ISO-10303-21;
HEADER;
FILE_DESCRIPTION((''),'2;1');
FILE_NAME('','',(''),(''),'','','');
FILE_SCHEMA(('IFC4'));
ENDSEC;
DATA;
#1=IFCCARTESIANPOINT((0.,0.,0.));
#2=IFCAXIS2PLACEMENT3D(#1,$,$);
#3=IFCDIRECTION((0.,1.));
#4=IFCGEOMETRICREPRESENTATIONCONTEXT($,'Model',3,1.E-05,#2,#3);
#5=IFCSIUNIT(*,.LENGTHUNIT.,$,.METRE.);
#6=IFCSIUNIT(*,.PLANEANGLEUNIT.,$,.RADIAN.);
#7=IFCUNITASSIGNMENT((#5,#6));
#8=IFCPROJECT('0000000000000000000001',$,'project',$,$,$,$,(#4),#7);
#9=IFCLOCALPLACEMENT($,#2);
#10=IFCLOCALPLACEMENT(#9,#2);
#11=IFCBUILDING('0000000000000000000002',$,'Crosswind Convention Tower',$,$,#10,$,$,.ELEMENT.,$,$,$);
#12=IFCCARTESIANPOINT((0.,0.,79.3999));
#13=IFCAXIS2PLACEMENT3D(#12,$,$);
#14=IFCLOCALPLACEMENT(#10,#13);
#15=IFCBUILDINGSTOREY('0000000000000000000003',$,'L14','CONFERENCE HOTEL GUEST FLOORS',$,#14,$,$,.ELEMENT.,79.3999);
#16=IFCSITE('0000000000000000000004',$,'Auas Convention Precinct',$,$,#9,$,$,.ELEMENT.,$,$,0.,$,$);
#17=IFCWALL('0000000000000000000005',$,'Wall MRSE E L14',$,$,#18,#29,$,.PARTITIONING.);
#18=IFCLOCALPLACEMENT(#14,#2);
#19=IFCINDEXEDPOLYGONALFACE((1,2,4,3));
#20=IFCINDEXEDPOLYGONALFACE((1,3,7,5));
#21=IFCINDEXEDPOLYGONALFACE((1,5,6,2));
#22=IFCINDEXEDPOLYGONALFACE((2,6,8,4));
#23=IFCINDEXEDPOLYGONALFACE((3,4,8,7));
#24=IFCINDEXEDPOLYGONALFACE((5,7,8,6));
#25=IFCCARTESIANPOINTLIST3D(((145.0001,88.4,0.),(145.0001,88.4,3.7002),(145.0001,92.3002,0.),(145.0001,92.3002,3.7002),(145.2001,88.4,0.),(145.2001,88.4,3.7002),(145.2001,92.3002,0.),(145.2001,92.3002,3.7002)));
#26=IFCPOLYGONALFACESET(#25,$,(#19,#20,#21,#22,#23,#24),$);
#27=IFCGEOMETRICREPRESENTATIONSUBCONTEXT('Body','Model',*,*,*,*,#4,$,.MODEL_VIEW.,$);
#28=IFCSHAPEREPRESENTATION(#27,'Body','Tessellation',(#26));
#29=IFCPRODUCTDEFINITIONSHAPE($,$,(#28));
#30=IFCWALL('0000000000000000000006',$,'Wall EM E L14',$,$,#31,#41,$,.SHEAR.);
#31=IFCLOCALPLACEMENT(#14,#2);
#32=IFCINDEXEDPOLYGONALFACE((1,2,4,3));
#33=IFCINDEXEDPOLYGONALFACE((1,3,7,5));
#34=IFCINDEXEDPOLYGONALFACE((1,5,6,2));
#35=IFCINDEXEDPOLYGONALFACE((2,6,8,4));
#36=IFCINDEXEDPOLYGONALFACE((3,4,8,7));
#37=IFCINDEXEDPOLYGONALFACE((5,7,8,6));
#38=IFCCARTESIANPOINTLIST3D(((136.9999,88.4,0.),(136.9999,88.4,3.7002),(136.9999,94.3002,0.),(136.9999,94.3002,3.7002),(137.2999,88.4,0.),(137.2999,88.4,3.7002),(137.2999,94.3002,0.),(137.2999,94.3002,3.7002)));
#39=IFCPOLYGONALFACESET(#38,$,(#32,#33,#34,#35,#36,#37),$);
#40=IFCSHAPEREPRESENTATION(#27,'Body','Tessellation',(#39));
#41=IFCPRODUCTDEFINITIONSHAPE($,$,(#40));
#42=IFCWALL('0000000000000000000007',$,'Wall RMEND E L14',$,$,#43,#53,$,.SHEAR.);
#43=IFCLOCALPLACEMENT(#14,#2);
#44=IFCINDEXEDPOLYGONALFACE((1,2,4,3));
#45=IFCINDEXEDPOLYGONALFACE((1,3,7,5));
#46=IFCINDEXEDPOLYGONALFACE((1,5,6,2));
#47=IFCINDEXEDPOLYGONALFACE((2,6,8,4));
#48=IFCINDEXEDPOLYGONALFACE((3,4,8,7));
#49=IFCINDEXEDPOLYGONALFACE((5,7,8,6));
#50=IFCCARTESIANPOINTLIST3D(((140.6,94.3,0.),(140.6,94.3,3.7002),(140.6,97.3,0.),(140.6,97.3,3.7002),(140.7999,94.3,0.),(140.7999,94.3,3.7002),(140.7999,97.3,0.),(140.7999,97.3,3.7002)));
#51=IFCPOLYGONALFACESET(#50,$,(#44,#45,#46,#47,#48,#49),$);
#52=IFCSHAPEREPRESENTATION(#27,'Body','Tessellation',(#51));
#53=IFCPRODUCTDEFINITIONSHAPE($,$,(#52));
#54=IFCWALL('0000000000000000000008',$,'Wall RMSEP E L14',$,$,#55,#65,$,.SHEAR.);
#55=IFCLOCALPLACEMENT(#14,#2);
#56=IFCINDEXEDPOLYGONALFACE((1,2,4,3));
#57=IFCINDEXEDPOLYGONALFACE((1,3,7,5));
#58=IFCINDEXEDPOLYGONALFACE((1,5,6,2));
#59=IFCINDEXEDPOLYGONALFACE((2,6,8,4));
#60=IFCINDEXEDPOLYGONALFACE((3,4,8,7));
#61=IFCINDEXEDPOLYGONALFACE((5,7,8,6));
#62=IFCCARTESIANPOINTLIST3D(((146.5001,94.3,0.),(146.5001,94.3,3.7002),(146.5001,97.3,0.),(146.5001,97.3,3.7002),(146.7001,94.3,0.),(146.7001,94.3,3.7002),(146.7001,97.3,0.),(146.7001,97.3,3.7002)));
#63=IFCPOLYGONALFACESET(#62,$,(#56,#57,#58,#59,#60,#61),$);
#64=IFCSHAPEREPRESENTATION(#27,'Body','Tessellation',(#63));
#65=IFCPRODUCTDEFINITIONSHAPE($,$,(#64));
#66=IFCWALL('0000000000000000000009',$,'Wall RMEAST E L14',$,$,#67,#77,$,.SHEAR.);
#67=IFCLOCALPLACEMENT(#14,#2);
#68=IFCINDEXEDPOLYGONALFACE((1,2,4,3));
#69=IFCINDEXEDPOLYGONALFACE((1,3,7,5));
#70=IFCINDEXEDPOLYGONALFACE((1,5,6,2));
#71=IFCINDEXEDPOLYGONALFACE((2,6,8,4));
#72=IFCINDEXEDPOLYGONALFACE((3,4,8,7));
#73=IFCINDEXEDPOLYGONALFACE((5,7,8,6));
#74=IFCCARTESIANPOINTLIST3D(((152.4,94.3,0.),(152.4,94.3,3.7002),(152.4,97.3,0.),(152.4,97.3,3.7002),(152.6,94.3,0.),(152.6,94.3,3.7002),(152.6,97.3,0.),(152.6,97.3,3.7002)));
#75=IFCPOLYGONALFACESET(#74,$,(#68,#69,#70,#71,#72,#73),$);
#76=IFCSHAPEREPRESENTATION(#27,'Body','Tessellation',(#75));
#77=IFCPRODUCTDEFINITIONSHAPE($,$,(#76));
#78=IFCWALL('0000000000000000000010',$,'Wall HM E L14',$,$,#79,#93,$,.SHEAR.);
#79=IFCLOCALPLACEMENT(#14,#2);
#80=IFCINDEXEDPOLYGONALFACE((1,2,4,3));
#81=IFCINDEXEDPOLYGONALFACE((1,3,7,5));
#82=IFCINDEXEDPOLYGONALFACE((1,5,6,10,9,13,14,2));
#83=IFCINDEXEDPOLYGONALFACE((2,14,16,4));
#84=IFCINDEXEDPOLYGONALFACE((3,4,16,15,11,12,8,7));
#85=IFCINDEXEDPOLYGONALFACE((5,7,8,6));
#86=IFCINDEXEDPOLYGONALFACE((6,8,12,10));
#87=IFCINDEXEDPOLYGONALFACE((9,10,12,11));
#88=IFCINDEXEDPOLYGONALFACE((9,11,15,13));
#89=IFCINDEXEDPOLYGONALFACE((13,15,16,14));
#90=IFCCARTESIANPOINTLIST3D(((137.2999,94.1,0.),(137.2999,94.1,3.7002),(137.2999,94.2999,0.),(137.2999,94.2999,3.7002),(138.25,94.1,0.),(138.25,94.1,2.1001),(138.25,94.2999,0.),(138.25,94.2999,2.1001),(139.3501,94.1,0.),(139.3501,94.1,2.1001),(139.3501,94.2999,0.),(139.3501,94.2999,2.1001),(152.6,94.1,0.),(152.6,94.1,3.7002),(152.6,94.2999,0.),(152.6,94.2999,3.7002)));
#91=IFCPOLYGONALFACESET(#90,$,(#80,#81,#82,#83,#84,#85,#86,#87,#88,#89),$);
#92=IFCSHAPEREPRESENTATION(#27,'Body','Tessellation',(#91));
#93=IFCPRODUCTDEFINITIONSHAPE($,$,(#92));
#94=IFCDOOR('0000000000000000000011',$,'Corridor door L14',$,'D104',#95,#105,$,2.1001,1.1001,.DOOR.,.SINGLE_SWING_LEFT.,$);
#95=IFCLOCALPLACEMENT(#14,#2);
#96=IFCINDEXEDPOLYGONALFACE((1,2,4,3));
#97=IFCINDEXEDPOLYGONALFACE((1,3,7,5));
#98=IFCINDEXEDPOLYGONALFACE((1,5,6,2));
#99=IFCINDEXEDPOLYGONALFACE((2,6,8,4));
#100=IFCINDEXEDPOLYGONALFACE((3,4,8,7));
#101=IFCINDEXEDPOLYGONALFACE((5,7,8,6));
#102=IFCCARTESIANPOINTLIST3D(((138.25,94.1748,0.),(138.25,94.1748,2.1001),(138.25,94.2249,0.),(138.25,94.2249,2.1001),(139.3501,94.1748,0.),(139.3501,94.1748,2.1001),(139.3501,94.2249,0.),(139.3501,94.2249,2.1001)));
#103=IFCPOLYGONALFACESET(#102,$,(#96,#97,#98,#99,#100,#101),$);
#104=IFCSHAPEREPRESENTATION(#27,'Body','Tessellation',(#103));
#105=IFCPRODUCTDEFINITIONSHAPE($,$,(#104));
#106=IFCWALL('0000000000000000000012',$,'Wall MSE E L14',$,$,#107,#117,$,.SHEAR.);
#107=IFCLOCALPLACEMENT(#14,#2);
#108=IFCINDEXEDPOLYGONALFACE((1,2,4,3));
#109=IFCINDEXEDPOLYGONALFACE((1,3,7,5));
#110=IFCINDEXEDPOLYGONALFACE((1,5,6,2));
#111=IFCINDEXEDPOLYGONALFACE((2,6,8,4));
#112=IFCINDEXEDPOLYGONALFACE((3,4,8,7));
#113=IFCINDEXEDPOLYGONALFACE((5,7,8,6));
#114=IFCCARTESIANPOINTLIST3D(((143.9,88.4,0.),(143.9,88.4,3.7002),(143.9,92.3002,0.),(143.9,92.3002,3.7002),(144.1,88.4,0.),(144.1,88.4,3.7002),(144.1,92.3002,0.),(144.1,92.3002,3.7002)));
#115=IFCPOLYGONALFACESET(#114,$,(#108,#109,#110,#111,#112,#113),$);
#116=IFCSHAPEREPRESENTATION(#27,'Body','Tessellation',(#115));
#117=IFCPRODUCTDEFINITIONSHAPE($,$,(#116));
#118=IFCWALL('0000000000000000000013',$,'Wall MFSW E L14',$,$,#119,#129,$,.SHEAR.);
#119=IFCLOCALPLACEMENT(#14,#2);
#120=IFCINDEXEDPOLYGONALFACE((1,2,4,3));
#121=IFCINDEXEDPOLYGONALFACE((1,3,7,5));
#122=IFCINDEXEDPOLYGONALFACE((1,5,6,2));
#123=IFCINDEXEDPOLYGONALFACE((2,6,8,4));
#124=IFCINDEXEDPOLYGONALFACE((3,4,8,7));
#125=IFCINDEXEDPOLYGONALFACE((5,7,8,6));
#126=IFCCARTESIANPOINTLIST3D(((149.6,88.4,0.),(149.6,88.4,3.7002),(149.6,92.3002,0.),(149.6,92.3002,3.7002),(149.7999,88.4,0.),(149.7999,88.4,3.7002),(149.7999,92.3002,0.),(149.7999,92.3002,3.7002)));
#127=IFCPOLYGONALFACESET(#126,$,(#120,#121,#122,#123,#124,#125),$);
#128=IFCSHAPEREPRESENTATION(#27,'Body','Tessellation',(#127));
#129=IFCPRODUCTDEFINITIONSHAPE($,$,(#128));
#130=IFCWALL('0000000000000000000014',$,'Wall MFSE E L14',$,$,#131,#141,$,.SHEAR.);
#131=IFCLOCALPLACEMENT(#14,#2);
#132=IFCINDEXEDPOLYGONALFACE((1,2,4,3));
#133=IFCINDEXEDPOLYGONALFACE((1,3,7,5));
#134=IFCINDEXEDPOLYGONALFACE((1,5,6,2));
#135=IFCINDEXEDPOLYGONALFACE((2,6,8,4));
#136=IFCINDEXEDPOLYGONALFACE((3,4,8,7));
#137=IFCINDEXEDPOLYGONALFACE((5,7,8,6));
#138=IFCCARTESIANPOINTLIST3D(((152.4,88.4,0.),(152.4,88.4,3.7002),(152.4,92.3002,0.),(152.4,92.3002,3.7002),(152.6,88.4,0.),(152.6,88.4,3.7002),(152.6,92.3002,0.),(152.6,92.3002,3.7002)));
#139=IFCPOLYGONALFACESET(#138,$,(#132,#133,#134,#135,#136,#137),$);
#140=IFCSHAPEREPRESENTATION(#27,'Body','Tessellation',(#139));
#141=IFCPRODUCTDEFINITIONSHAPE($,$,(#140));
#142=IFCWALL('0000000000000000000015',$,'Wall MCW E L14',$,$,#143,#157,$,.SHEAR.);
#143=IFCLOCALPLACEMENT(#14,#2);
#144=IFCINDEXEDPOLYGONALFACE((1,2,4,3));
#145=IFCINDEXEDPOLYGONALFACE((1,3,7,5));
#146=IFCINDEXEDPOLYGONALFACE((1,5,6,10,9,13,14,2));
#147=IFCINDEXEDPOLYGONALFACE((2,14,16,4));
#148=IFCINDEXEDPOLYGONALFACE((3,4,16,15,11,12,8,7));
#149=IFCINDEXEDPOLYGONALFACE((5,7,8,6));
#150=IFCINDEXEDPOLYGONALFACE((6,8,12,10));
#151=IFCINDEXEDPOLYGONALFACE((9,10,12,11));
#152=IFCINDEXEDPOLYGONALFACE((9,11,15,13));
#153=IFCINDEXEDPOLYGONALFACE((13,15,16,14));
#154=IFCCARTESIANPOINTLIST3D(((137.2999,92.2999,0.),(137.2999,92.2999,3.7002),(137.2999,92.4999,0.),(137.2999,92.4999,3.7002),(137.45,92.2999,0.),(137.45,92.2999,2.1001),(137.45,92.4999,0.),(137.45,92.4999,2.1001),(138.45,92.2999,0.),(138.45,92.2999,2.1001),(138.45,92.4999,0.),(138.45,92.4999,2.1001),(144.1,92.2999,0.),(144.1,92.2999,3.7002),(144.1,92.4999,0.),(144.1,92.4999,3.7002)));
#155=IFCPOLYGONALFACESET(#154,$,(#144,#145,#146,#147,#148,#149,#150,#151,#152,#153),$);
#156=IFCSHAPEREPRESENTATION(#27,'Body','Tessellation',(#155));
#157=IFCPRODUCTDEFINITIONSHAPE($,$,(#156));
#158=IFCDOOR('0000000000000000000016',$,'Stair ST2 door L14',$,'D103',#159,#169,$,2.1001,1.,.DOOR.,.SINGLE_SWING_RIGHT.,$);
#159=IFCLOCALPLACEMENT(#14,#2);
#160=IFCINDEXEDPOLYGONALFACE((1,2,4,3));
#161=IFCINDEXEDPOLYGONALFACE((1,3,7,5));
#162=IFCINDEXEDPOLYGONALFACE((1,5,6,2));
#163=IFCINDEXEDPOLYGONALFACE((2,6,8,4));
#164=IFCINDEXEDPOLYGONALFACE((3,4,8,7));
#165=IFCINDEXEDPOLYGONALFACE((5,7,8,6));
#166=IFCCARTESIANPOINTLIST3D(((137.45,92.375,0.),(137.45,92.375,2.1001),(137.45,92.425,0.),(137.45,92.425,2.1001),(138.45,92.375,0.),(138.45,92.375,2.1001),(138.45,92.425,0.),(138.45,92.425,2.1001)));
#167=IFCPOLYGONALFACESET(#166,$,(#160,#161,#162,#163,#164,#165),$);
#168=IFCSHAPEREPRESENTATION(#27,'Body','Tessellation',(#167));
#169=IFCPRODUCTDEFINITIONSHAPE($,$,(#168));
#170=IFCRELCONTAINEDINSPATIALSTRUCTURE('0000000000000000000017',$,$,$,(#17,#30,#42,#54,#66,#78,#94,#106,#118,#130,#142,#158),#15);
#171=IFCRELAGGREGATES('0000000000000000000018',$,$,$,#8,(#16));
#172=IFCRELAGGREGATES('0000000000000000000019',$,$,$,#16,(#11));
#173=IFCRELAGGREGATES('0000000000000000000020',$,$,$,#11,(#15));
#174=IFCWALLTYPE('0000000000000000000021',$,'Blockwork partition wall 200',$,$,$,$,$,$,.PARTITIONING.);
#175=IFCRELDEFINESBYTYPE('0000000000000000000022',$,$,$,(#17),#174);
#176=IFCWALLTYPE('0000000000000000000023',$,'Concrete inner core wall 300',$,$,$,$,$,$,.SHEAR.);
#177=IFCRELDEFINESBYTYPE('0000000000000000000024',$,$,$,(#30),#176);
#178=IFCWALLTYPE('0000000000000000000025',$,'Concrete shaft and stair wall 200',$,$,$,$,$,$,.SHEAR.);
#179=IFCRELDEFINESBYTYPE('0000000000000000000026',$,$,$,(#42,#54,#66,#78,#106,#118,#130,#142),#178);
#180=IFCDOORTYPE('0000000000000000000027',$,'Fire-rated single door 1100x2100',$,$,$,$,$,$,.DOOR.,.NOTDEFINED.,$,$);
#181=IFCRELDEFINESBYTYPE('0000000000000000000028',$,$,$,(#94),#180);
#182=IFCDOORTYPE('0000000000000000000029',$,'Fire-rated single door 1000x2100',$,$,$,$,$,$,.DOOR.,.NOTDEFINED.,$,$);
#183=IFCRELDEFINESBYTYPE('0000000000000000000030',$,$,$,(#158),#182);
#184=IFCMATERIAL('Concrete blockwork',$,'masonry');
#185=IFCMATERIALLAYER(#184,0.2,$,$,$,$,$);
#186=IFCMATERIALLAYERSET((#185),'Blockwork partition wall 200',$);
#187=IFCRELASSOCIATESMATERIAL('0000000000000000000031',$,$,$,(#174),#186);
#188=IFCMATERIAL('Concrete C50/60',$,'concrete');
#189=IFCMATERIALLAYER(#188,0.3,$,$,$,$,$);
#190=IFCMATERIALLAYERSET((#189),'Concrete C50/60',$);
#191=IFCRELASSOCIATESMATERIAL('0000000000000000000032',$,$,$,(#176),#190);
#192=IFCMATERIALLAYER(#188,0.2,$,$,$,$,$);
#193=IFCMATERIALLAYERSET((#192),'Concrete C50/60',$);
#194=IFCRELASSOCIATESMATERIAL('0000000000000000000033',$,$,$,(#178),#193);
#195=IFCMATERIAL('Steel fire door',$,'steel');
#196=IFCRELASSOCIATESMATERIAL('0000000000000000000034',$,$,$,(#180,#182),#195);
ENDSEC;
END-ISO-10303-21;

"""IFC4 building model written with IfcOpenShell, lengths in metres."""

from ifc_helpers import new_model, si_unit, direction, frame, frame_2d, origin, place, context, subcontext, project, spatial, rectangle, extrude, material, layer, layer_set, type_object, element, fill, save


model = new_model("IFC4")

# Units and contexts
model_context = context("Model", 3, precision=1e-05, world=origin(), true_north=direction((0.0, 1.0)))
body_context = subcontext(model_context, "Body", "Model", "MODEL_VIEW")
ifc_project = project(units=[si_unit("LENGTHUNIT", "METRE"), si_unit("PLANEANGLEUNIT", "RADIAN")], contexts=[model_context])

# Site, building, storey
site_placement = place(None, origin())
site = spatial("IfcSite", under=ifc_project, at=site_placement, Name="Auas Convention Precinct", CompositionType="ELEMENT", RefElevation=0.0)
building_placement = place(site_placement, origin())
building = spatial("IfcBuilding", under=site, at=building_placement, Name="Crosswind Convention Tower", CompositionType="ELEMENT")
storey_placement = place(building_placement, frame((0.0, 0.0, 79.3999)))
storey = spatial("IfcBuildingStorey", under=building, at=storey_placement, Name="L14", Description="CONFERENCE HOTEL GUEST FLOORS", CompositionType="ELEMENT", Elevation=79.3999)

# Wall
ifc_material_1 = material(Name="Concrete blockwork", Category="masonry")
ifc_layer_1 = layer(ifc_material_1, 0.2)
ifc_layer_set_1 = layer_set([ifc_layer_1], Name="Blockwork partition wall 200")
wall_type_1 = type_object("IfcWallType", Name="Blockwork partition wall 200", PredefinedType="PARTITIONING", material=ifc_layer_set_1)
wall_1_placement = place(storey_placement, frame((145.1001, 88.3999, 0.0), z_axis=(0.0, 0.0, 1.0), x_axis=(0.0, 1.0, 0.0)))
element("IfcWall", 1, at=wall_1_placement, inside=storey, type_object=wall_type_1, Name="Wall MRSE E L14", PredefinedType="PARTITIONING", context=body_context, shape_type="SweptSolid", body=[
    extrude(rectangle(XDim=3.9001, YDim=0.2, at=frame_2d((1.9502, 0.0))), origin(), (0.0, 0.0, 1.0), 3.7002),
])

# Shared definitions
ifc_material_2 = material(Name="Concrete C50/60", Category="concrete")
ifc_layer_2 = layer(ifc_material_2, 0.3)
ifc_layer_set_2 = layer_set([ifc_layer_2], Name="Concrete C50/60")
wall_type_2 = type_object("IfcWallType", Name="Concrete inner core wall 300", PredefinedType="SHEAR", material=ifc_layer_set_2)

# Walls
wall_2_placement = place(storey_placement, frame((137.1499, 88.3999, 0.0), z_axis=(0.0, 0.0, 1.0), x_axis=(0.0, 1.0, 0.0)))
element("IfcWall", 2, at=wall_2_placement, inside=storey, type_object=wall_type_2, Name="Wall EM E L14", PredefinedType="SHEAR", context=body_context, shape_type="SweptSolid", body=[
    extrude(rectangle(XDim=5.9001, YDim=0.3, at=frame_2d((2.9502, 0.0))), origin(), (0.0, 0.0, 1.0), 3.7002),
])
ifc_layer_3 = layer(ifc_material_2, 0.2)
ifc_layer_set_3 = layer_set([ifc_layer_3], Name="Concrete C50/60")
wall_type_3 = type_object("IfcWallType", Name="Concrete shaft and stair wall 200", PredefinedType="SHEAR", material=ifc_layer_set_3)
for number, where, z_axis, x_axis, name in (
    (3, (140.7, 94.3, 0.0), (0.0, 0.0, 1.0), (0.0, 1.0, 0.0), "Wall RMEND E L14"),
    (4, (146.6001, 94.3, 0.0), (0.0, 0.0, 1.0), (0.0, 1.0, 0.0), "Wall RMSEP E L14"),
    (5, (152.5, 94.3, 0.0), (0.0, 0.0, 1.0), (0.0, 1.0, 0.0), "Wall RMEAST E L14"),
):
    element("IfcWall", number, at=place(storey_placement, frame(where, z_axis=z_axis, x_axis=x_axis)), inside=storey, type_object=wall_type_3, Name=name, PredefinedType="SHEAR", context=body_context, shape_type="SweptSolid", body=[
        extrude(rectangle(XDim=3.0, YDim=0.2, at=frame_2d((1.5, 0.0))), origin(), (0.0, 0.0, 1.0), 3.7002),
    ])

# Wall, opening, door
wall_3_placement = place(storey_placement, frame((137.3, 94.2, 0.0), z_axis=(0.0, 0.0, 1.0), x_axis=(1.0, 0.0, 0.0)))
wall_3 = element("IfcWall", 6, at=wall_3_placement, inside=storey, type_object=wall_type_3, Name="Wall HM E L14", PredefinedType="SHEAR", context=body_context, shape_type="SweptSolid", body=[
    extrude(rectangle(XDim=15.3, YDim=0.2, at=frame_2d((7.6499, 0.0))), origin(), (0.0, 0.0, 1.0), 3.7002),
])
opening_1_placement = place(wall_3_placement, frame((0.95, 0.0, 0.0)))
opening_1 = element("IfcOpeningElement", 7, at=opening_1_placement, cuts=wall_3, PredefinedType="OPENING", context=body_context, shape_type="SweptSolid", body=[
    extrude(rectangle(XDim=1.1001, YDim=2.1001, at=frame_2d((0.55, 1.05))), frame((0.0, 0.1099, 0.0), z_axis=(0.0, -1.0, 0.0), x_axis=(1.0, 0.0, 0.0)), (0.0, 0.0, 1.0), 0.22),
])
ifc_material_3 = material(Name="Steel fire door", Category="steel")
door_type_1 = type_object("IfcDoorType", Name="Fire-rated single door 1100x2100", OperationType="NOTDEFINED", PredefinedType="DOOR", material=ifc_material_3)
door_1_placement = place(opening_1_placement, origin())
door_1 = element("IfcDoor", 8, at=door_1_placement, inside=storey, type_object=door_type_1, Name="Corridor door L14", ObjectType="D104", OperationType="SINGLE_SWING_LEFT", OverallHeight=2.1001, OverallWidth=1.1001, PredefinedType="DOOR", context=body_context, shape_type="SweptSolid", body=[
    extrude(rectangle(XDim=1.1001, YDim=2.1001, at=frame_2d((0.55, 1.05))), frame((0.0, 0.0249, 0.0), z_axis=(0.0, -1.0, 0.0), x_axis=(1.0, 0.0, 0.0)), (0.0, 0.0, 1.0), 0.05),
])
fill(opening_1, door_1)

# Walls
for number, where, z_axis, x_axis, name in (
    (9, (144.0, 88.3999, 0.0), (0.0, 0.0, 1.0), (0.0, 1.0, 0.0), "Wall MSE E L14"),
    (10, (149.7, 88.3999, 0.0), (0.0, 0.0, 1.0), (0.0, 1.0, 0.0), "Wall MFSW E L14"),
    (11, (152.5, 88.3999, 0.0), (0.0, 0.0, 1.0), (0.0, 1.0, 0.0), "Wall MFSE E L14"),
):
    element("IfcWall", number, at=place(storey_placement, frame(where, z_axis=z_axis, x_axis=x_axis)), inside=storey, type_object=wall_type_3, Name=name, PredefinedType="SHEAR", context=body_context, shape_type="SweptSolid", body=[
        extrude(rectangle(XDim=3.9001, YDim=0.2, at=frame_2d((1.9502, 0.0))), origin(), (0.0, 0.0, 1.0), 3.7002),
    ])

# Wall, opening, door
wall_4_placement = place(storey_placement, frame((137.3, 92.3999, 0.0), z_axis=(0.0, 0.0, 1.0), x_axis=(1.0, 0.0, 0.0)))
wall_4 = element("IfcWall", 12, at=wall_4_placement, inside=storey, type_object=wall_type_3, Name="Wall MCW E L14", PredefinedType="SHEAR", context=body_context, shape_type="SweptSolid", body=[
    extrude(rectangle(XDim=6.8, YDim=0.2, at=frame_2d((3.3999, 0.0))), origin(), (0.0, 0.0, 1.0), 3.7002),
])
opening_2_placement = place(wall_4_placement, frame((0.1499, 0.0, 0.0)))
opening_2 = element("IfcOpeningElement", 13, at=opening_2_placement, cuts=wall_4, PredefinedType="OPENING", context=body_context, shape_type="SweptSolid", body=[
    extrude(rectangle(XDim=1.0, YDim=2.1001, at=frame_2d((0.5, 1.05))), frame((0.0, 0.1099, 0.0), z_axis=(0.0, -1.0, 0.0), x_axis=(1.0, 0.0, 0.0)), (0.0, 0.0, 1.0), 0.22),
])
door_type_2 = type_object("IfcDoorType", Name="Fire-rated single door 1000x2100", OperationType="NOTDEFINED", PredefinedType="DOOR", material=ifc_material_3)
door_2_placement = place(opening_2_placement, frame((1.0, 0.0, 0.0), z_axis=(0.0, 0.0, 1.0), x_axis=(-1.0, 0.0, 0.0)))
door_2 = element("IfcDoor", 14, at=door_2_placement, inside=storey, type_object=door_type_2, Name="Stair ST2 door L14", ObjectType="D103", OperationType="SINGLE_SWING_RIGHT", OverallHeight=2.1001, OverallWidth=1.0, PredefinedType="DOOR", context=body_context, shape_type="SweptSolid", body=[
    extrude(rectangle(XDim=1.0, YDim=2.1001, at=frame_2d((0.5, 1.05))), frame((0.0, 0.0249, 0.0), z_axis=(0.0, -1.0, 0.0), x_axis=(1.0, 0.0, 0.0)), (0.0, 0.0, 1.0), 0.05),
])
fill(opening_2, door_2)

save(model, "model.ifc")
